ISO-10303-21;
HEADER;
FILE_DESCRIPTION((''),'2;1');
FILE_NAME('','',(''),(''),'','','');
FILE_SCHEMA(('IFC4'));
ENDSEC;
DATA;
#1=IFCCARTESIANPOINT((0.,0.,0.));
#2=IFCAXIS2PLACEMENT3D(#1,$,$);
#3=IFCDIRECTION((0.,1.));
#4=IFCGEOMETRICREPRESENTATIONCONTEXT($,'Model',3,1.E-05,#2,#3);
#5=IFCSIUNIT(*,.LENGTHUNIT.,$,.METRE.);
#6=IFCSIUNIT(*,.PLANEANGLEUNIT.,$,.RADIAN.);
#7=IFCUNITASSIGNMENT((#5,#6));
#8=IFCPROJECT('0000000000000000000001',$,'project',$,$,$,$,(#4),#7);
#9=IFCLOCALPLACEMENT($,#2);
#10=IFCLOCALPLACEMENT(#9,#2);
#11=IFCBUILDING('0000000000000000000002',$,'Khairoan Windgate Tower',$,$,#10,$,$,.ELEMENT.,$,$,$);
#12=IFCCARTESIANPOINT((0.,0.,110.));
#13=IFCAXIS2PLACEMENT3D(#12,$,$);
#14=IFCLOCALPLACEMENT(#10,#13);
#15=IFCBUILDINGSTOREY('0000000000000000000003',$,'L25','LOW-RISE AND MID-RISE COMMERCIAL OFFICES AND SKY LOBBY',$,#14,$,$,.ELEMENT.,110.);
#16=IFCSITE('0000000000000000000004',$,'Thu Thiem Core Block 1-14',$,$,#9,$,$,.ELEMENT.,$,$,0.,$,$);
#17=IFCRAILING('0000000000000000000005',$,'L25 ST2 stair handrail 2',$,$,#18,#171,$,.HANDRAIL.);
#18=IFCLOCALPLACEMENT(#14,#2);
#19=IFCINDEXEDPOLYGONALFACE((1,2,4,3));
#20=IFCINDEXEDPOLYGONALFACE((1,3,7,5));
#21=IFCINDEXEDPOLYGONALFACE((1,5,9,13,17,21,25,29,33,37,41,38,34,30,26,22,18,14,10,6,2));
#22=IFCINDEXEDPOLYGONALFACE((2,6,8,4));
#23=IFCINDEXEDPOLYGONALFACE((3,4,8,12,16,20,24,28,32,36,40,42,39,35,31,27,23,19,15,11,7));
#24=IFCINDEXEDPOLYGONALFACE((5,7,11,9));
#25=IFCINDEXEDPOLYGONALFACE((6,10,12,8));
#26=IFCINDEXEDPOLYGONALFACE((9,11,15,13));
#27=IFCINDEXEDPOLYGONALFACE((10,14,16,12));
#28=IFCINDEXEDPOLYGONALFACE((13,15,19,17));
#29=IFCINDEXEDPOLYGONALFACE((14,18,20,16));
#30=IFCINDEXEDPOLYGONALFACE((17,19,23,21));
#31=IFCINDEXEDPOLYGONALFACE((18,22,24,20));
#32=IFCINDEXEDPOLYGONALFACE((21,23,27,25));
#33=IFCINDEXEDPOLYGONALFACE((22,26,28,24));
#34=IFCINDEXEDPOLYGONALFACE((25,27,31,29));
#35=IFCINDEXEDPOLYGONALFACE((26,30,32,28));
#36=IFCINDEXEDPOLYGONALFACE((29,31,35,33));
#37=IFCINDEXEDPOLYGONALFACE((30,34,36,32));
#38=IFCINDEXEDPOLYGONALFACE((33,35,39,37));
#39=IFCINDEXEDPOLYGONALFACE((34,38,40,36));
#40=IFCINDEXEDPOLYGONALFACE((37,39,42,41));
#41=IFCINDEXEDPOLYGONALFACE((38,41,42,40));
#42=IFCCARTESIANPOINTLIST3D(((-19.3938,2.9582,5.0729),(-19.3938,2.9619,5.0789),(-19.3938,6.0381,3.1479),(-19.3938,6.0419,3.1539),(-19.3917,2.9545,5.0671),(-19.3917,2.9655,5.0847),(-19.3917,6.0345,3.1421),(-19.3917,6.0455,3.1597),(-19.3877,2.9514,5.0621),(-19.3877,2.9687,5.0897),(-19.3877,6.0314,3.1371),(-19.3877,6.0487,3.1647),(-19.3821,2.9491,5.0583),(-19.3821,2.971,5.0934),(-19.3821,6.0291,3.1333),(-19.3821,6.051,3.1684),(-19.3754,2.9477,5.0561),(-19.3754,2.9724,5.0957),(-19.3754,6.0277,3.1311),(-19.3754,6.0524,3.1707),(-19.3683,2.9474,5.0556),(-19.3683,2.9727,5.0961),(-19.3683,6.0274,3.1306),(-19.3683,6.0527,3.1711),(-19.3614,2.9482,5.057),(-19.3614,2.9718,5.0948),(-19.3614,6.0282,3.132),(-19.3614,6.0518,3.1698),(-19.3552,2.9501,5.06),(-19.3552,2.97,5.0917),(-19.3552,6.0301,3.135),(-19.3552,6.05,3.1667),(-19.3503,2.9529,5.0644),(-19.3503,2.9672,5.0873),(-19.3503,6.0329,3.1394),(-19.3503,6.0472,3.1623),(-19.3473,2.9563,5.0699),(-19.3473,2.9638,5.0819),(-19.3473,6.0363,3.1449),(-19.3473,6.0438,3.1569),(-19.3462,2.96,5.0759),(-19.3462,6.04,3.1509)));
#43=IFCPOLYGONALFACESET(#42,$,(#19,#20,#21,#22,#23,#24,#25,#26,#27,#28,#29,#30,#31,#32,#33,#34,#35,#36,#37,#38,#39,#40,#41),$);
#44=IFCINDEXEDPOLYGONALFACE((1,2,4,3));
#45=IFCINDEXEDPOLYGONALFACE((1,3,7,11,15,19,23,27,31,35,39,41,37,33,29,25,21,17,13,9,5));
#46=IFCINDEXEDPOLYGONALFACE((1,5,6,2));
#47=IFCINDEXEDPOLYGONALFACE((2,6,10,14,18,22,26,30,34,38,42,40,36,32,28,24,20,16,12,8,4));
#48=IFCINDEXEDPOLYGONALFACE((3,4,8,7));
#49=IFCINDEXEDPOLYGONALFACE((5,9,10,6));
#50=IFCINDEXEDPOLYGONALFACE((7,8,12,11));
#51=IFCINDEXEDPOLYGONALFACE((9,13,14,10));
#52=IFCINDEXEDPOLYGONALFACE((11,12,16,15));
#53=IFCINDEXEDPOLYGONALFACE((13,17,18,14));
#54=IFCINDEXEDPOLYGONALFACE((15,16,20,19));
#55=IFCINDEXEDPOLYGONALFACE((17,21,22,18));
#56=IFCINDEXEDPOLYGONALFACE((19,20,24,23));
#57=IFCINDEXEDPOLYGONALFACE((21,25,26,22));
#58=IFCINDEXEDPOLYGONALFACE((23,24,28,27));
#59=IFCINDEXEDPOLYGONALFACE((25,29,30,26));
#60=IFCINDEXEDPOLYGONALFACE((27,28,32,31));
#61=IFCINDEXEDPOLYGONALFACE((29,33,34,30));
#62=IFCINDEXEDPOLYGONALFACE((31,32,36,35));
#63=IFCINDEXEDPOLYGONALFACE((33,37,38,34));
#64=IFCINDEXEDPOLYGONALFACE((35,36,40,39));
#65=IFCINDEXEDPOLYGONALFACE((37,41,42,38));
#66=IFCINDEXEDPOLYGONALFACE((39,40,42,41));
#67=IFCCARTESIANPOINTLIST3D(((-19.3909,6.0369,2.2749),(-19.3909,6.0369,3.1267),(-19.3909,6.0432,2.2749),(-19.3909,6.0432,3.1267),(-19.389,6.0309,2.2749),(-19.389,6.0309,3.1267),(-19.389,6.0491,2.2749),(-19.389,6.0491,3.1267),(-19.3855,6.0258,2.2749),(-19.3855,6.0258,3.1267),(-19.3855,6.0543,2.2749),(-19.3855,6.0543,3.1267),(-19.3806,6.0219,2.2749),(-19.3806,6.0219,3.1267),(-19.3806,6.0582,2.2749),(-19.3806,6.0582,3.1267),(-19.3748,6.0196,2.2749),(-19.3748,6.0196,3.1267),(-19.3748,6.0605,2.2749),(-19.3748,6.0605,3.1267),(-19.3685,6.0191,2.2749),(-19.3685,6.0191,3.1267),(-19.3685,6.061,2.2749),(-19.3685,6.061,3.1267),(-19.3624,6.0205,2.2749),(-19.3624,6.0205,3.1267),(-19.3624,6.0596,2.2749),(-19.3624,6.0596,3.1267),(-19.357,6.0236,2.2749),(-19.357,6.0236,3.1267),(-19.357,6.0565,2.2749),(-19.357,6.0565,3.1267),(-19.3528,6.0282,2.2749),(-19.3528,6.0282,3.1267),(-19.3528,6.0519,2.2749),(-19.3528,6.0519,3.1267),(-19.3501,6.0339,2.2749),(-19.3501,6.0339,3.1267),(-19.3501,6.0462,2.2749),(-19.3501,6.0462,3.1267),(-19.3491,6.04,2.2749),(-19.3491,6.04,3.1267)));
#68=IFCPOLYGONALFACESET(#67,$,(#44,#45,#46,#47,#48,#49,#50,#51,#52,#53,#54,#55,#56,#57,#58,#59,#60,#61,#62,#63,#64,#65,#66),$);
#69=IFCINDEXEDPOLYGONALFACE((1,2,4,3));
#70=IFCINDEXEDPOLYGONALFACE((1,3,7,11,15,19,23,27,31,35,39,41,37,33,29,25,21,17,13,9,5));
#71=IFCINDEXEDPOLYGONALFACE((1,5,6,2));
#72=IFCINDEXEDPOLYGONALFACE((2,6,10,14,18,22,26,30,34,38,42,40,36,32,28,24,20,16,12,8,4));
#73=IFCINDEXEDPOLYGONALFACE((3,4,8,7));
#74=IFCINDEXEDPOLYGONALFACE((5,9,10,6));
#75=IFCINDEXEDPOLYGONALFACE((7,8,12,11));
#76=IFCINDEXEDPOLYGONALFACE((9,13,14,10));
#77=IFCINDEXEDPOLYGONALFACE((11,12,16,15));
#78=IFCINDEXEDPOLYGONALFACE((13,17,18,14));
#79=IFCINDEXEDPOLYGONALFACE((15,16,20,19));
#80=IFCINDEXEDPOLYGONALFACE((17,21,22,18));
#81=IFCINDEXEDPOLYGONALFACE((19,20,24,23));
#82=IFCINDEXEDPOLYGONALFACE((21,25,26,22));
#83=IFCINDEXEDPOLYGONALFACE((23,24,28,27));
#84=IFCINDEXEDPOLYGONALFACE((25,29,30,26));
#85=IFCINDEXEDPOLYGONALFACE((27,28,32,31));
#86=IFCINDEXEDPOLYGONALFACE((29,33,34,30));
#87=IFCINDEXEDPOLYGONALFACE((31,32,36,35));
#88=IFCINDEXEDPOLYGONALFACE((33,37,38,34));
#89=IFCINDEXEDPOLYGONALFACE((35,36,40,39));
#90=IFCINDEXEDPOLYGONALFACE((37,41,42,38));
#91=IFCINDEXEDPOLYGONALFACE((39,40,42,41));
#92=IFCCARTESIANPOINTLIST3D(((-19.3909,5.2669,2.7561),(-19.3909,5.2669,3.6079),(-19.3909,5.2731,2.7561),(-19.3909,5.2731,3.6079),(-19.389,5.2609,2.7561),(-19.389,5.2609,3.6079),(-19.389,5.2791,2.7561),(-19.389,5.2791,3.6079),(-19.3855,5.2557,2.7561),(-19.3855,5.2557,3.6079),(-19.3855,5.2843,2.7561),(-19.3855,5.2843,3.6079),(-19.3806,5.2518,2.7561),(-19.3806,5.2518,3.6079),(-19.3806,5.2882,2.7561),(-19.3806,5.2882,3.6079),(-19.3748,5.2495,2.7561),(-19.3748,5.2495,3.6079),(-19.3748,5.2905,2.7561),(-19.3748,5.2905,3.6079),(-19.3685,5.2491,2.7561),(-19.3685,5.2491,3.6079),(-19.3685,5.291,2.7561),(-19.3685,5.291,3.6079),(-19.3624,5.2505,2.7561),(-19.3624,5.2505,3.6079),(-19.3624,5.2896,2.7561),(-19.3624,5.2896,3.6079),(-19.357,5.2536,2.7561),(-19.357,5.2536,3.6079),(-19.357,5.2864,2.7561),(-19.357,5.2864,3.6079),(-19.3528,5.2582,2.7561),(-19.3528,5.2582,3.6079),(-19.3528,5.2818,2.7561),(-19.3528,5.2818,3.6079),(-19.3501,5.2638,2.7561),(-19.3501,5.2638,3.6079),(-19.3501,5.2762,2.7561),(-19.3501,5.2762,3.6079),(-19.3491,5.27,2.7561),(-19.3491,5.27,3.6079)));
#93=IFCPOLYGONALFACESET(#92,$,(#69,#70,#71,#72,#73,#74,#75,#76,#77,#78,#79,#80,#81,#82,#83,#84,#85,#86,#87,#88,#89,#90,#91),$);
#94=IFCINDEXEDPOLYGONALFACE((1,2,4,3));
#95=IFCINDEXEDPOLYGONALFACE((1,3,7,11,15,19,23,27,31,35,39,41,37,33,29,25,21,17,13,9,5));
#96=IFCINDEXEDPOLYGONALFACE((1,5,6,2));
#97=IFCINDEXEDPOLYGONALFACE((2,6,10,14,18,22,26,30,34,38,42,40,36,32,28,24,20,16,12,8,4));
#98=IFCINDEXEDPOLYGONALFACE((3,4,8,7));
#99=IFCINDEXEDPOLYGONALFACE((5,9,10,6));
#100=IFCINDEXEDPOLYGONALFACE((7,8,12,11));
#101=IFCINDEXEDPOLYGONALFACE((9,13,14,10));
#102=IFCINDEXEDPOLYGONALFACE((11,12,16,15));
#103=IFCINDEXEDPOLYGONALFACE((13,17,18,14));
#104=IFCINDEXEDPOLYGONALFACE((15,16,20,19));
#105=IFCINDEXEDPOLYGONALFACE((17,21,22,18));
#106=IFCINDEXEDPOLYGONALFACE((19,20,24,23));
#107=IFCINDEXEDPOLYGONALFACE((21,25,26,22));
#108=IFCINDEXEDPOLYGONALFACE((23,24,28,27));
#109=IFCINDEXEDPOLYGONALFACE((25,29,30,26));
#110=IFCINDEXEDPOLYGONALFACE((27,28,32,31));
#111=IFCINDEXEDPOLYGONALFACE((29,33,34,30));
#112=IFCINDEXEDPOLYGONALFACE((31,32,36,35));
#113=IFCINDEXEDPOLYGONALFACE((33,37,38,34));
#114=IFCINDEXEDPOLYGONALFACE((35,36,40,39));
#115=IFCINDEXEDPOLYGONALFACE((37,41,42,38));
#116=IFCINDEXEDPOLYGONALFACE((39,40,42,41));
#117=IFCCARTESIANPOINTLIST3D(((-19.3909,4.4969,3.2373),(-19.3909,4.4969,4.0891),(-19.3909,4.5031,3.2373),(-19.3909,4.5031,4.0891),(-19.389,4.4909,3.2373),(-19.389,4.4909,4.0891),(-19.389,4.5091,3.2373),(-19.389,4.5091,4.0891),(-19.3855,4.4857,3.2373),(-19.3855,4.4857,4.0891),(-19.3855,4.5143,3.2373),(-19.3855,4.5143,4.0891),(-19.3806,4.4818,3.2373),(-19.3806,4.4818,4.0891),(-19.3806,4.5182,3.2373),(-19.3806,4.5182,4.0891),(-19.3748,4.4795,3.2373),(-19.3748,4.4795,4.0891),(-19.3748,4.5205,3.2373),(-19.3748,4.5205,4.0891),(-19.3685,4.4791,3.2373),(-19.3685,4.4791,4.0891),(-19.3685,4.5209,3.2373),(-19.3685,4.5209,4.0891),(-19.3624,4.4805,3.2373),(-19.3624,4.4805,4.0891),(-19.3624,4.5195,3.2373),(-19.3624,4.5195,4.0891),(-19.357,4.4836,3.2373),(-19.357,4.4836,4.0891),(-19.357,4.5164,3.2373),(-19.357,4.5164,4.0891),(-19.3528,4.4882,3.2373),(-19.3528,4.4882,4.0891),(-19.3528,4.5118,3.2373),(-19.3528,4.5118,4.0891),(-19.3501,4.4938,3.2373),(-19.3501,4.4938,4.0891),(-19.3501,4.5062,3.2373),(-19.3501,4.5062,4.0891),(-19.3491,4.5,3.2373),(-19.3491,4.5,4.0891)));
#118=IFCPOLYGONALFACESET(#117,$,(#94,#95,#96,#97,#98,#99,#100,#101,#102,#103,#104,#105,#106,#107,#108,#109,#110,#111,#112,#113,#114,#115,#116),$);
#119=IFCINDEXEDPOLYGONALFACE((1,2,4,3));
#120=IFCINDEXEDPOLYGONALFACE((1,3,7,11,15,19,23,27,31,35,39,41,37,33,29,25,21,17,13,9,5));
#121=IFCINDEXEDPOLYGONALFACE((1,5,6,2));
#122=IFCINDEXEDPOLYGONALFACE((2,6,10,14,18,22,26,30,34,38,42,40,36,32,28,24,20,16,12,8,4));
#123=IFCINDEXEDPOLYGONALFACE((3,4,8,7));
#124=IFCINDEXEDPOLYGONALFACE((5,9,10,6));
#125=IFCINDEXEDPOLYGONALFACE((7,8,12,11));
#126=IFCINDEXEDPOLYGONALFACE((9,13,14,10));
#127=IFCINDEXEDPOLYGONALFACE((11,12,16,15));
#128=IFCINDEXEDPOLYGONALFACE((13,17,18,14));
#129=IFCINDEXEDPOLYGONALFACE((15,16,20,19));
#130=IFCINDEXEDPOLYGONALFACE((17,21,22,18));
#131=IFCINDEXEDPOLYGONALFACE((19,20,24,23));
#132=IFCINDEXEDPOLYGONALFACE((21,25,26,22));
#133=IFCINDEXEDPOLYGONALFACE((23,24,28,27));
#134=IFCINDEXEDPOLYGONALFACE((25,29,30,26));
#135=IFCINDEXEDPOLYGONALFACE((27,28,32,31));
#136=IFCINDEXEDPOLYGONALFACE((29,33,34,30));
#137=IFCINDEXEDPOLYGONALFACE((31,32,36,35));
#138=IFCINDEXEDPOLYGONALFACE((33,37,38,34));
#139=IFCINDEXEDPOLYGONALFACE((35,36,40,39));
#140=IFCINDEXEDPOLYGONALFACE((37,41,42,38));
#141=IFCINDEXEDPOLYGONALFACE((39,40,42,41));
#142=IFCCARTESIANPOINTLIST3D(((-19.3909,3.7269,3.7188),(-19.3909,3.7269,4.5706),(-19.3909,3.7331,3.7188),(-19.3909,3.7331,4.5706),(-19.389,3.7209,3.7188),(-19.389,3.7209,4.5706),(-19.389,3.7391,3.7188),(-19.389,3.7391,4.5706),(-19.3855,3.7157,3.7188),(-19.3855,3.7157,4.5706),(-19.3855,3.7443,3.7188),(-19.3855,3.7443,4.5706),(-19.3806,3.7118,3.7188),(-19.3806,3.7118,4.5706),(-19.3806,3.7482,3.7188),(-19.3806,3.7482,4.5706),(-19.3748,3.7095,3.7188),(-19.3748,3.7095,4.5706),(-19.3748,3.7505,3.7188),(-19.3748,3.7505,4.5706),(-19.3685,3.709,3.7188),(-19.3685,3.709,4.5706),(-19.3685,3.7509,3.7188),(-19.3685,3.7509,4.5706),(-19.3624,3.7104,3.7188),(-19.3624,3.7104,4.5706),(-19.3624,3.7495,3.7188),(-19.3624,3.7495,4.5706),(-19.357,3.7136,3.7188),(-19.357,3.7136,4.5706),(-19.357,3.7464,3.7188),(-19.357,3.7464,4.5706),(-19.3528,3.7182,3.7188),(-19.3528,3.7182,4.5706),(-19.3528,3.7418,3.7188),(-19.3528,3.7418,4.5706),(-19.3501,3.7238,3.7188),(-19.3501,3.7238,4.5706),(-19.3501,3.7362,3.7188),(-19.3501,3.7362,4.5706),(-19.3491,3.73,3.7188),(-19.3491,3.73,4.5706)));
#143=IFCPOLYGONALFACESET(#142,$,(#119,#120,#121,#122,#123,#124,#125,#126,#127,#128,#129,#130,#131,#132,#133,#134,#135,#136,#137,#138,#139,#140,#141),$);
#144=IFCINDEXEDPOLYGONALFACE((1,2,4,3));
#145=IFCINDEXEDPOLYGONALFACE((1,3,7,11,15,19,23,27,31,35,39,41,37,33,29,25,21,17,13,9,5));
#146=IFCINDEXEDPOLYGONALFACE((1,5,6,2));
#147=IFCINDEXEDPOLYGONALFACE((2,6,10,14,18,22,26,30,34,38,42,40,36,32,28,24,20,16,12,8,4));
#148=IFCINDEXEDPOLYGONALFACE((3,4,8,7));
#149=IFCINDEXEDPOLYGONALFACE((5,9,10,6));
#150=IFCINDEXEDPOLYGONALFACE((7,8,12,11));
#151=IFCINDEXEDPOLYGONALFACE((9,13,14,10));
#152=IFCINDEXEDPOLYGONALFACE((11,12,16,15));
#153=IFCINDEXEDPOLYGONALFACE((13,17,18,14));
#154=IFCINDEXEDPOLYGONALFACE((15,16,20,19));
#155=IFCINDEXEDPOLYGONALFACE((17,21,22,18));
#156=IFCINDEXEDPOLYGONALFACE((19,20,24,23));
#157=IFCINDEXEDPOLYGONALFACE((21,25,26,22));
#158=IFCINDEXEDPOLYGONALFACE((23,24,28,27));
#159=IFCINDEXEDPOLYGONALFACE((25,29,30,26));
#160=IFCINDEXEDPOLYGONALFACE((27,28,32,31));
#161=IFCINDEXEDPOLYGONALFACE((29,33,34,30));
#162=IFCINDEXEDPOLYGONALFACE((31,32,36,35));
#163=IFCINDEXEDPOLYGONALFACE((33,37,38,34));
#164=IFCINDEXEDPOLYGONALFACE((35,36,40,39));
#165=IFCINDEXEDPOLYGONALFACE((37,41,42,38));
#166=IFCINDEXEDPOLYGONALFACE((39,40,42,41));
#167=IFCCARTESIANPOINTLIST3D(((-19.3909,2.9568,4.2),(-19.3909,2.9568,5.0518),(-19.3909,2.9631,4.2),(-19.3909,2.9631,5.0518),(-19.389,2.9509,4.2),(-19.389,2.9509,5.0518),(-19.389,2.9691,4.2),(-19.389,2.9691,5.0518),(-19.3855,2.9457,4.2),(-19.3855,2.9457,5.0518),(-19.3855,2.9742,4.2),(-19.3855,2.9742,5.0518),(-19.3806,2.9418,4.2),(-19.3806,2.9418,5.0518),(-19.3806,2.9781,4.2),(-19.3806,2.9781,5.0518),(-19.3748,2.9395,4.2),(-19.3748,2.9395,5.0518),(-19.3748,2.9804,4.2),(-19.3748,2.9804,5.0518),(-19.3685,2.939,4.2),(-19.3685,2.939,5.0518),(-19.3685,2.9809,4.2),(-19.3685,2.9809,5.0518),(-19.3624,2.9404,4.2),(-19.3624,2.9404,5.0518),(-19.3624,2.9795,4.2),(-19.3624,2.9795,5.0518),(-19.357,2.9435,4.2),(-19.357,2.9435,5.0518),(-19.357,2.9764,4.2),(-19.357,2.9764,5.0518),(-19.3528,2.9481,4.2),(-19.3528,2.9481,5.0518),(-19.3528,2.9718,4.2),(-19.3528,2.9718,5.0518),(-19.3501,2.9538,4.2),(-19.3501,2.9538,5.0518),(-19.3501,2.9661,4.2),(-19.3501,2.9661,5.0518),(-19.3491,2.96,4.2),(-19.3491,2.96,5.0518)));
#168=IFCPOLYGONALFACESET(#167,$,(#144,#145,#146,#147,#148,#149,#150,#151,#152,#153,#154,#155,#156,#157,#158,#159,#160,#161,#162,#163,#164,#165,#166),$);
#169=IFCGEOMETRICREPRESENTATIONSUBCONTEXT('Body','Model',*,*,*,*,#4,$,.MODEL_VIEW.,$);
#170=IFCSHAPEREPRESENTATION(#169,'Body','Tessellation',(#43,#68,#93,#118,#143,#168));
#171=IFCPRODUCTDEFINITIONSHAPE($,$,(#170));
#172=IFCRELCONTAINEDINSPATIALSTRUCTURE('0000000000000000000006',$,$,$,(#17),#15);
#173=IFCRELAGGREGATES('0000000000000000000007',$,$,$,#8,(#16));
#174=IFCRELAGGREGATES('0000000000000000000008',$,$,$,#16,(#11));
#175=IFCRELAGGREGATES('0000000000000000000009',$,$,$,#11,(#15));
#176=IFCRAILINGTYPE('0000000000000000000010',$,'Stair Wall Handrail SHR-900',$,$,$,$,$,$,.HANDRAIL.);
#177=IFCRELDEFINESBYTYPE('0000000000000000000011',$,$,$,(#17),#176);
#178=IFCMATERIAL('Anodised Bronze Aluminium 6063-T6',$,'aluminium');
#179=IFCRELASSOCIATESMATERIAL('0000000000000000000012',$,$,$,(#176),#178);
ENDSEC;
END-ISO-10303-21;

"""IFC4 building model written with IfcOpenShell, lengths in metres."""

from ifc_helpers import new_model, si_unit, direction, frame, origin, origin_2d, place, context, subcontext, project, spatial, circle, extrude, material, type_object, element, save


model = new_model("IFC4")

# Units and contexts
model_context = context("Model", 3, precision=1e-05, world=origin(), true_north=direction((0.0, 1.0)))
body_context = subcontext(model_context, "Body", "Model", "MODEL_VIEW")
ifc_project = project(units=[si_unit("LENGTHUNIT", "METRE"), si_unit("PLANEANGLEUNIT", "RADIAN")], contexts=[model_context])

# Site, building, storey
site_placement = place(None, origin())
site = spatial("IfcSite", under=ifc_project, at=site_placement, Name="Thu Thiem Core Block 1-14", CompositionType="ELEMENT", RefElevation=0.0)
building_placement = place(site_placement, origin())
building = spatial("IfcBuilding", under=site, at=building_placement, Name="Khairoan Windgate Tower", CompositionType="ELEMENT")
storey_placement = place(building_placement, frame((0.0, 0.0, 110.0)))
storey = spatial("IfcBuildingStorey", under=building, at=storey_placement, Name="L25", Description="LOW-RISE AND MID-RISE COMMERCIAL OFFICES AND SKY LOBBY", CompositionType="ELEMENT", Elevation=110.0)

# Railing
ifc_material_1 = material(Name="Anodised Bronze Aluminium 6063-T6", Category="aluminium")
railing_type_1 = type_object("IfcRailingType", Name="Stair Wall Handrail SHR-900", PredefinedType="HANDRAIL", material=ifc_material_1)
railing_1_placement = place(storey_placement, frame((-19.3701, 6.04, 2.2749)))
element("IfcRailing", 1, at=railing_1_placement, inside=storey, type_object=railing_type_1, Name="L25 ST2 stair handrail 2", PredefinedType="HANDRAIL", context=body_context, shape_type="SweptSolid", body=[
    extrude(circle(Radius=0.0239, at=origin_2d()), frame((0.0, 0.0, 0.876), z_axis=(0.0, -0.847998, 0.529999), x_axis=(1.0, 0.0, 0.0)), (0.0, 0.0, 1.0), 3.6321),
    extrude(circle(Radius=0.021, at=origin_2d()), origin(), (0.0, 0.0, 1.0), 0.8518),
    extrude(circle(Radius=0.021, at=origin_2d()), frame((0.0, -0.77, 0.4812)), (0.0, 0.0, 1.0), 0.8518),
    extrude(circle(Radius=0.021, at=origin_2d()), frame((0.0, -1.54, 0.9624)), (0.0, 0.0, 1.0), 0.8518),
    extrude(circle(Radius=0.021, at=origin_2d()), frame((0.0, -2.3101, 1.4438)), (0.0, 0.0, 1.0), 0.8518),
    extrude(circle(Radius=0.021, at=origin_2d()), frame((0.0, -3.0801, 1.925)), (0.0, 0.0, 1.0), 0.8518),
])

save(model, "model.ifc")
